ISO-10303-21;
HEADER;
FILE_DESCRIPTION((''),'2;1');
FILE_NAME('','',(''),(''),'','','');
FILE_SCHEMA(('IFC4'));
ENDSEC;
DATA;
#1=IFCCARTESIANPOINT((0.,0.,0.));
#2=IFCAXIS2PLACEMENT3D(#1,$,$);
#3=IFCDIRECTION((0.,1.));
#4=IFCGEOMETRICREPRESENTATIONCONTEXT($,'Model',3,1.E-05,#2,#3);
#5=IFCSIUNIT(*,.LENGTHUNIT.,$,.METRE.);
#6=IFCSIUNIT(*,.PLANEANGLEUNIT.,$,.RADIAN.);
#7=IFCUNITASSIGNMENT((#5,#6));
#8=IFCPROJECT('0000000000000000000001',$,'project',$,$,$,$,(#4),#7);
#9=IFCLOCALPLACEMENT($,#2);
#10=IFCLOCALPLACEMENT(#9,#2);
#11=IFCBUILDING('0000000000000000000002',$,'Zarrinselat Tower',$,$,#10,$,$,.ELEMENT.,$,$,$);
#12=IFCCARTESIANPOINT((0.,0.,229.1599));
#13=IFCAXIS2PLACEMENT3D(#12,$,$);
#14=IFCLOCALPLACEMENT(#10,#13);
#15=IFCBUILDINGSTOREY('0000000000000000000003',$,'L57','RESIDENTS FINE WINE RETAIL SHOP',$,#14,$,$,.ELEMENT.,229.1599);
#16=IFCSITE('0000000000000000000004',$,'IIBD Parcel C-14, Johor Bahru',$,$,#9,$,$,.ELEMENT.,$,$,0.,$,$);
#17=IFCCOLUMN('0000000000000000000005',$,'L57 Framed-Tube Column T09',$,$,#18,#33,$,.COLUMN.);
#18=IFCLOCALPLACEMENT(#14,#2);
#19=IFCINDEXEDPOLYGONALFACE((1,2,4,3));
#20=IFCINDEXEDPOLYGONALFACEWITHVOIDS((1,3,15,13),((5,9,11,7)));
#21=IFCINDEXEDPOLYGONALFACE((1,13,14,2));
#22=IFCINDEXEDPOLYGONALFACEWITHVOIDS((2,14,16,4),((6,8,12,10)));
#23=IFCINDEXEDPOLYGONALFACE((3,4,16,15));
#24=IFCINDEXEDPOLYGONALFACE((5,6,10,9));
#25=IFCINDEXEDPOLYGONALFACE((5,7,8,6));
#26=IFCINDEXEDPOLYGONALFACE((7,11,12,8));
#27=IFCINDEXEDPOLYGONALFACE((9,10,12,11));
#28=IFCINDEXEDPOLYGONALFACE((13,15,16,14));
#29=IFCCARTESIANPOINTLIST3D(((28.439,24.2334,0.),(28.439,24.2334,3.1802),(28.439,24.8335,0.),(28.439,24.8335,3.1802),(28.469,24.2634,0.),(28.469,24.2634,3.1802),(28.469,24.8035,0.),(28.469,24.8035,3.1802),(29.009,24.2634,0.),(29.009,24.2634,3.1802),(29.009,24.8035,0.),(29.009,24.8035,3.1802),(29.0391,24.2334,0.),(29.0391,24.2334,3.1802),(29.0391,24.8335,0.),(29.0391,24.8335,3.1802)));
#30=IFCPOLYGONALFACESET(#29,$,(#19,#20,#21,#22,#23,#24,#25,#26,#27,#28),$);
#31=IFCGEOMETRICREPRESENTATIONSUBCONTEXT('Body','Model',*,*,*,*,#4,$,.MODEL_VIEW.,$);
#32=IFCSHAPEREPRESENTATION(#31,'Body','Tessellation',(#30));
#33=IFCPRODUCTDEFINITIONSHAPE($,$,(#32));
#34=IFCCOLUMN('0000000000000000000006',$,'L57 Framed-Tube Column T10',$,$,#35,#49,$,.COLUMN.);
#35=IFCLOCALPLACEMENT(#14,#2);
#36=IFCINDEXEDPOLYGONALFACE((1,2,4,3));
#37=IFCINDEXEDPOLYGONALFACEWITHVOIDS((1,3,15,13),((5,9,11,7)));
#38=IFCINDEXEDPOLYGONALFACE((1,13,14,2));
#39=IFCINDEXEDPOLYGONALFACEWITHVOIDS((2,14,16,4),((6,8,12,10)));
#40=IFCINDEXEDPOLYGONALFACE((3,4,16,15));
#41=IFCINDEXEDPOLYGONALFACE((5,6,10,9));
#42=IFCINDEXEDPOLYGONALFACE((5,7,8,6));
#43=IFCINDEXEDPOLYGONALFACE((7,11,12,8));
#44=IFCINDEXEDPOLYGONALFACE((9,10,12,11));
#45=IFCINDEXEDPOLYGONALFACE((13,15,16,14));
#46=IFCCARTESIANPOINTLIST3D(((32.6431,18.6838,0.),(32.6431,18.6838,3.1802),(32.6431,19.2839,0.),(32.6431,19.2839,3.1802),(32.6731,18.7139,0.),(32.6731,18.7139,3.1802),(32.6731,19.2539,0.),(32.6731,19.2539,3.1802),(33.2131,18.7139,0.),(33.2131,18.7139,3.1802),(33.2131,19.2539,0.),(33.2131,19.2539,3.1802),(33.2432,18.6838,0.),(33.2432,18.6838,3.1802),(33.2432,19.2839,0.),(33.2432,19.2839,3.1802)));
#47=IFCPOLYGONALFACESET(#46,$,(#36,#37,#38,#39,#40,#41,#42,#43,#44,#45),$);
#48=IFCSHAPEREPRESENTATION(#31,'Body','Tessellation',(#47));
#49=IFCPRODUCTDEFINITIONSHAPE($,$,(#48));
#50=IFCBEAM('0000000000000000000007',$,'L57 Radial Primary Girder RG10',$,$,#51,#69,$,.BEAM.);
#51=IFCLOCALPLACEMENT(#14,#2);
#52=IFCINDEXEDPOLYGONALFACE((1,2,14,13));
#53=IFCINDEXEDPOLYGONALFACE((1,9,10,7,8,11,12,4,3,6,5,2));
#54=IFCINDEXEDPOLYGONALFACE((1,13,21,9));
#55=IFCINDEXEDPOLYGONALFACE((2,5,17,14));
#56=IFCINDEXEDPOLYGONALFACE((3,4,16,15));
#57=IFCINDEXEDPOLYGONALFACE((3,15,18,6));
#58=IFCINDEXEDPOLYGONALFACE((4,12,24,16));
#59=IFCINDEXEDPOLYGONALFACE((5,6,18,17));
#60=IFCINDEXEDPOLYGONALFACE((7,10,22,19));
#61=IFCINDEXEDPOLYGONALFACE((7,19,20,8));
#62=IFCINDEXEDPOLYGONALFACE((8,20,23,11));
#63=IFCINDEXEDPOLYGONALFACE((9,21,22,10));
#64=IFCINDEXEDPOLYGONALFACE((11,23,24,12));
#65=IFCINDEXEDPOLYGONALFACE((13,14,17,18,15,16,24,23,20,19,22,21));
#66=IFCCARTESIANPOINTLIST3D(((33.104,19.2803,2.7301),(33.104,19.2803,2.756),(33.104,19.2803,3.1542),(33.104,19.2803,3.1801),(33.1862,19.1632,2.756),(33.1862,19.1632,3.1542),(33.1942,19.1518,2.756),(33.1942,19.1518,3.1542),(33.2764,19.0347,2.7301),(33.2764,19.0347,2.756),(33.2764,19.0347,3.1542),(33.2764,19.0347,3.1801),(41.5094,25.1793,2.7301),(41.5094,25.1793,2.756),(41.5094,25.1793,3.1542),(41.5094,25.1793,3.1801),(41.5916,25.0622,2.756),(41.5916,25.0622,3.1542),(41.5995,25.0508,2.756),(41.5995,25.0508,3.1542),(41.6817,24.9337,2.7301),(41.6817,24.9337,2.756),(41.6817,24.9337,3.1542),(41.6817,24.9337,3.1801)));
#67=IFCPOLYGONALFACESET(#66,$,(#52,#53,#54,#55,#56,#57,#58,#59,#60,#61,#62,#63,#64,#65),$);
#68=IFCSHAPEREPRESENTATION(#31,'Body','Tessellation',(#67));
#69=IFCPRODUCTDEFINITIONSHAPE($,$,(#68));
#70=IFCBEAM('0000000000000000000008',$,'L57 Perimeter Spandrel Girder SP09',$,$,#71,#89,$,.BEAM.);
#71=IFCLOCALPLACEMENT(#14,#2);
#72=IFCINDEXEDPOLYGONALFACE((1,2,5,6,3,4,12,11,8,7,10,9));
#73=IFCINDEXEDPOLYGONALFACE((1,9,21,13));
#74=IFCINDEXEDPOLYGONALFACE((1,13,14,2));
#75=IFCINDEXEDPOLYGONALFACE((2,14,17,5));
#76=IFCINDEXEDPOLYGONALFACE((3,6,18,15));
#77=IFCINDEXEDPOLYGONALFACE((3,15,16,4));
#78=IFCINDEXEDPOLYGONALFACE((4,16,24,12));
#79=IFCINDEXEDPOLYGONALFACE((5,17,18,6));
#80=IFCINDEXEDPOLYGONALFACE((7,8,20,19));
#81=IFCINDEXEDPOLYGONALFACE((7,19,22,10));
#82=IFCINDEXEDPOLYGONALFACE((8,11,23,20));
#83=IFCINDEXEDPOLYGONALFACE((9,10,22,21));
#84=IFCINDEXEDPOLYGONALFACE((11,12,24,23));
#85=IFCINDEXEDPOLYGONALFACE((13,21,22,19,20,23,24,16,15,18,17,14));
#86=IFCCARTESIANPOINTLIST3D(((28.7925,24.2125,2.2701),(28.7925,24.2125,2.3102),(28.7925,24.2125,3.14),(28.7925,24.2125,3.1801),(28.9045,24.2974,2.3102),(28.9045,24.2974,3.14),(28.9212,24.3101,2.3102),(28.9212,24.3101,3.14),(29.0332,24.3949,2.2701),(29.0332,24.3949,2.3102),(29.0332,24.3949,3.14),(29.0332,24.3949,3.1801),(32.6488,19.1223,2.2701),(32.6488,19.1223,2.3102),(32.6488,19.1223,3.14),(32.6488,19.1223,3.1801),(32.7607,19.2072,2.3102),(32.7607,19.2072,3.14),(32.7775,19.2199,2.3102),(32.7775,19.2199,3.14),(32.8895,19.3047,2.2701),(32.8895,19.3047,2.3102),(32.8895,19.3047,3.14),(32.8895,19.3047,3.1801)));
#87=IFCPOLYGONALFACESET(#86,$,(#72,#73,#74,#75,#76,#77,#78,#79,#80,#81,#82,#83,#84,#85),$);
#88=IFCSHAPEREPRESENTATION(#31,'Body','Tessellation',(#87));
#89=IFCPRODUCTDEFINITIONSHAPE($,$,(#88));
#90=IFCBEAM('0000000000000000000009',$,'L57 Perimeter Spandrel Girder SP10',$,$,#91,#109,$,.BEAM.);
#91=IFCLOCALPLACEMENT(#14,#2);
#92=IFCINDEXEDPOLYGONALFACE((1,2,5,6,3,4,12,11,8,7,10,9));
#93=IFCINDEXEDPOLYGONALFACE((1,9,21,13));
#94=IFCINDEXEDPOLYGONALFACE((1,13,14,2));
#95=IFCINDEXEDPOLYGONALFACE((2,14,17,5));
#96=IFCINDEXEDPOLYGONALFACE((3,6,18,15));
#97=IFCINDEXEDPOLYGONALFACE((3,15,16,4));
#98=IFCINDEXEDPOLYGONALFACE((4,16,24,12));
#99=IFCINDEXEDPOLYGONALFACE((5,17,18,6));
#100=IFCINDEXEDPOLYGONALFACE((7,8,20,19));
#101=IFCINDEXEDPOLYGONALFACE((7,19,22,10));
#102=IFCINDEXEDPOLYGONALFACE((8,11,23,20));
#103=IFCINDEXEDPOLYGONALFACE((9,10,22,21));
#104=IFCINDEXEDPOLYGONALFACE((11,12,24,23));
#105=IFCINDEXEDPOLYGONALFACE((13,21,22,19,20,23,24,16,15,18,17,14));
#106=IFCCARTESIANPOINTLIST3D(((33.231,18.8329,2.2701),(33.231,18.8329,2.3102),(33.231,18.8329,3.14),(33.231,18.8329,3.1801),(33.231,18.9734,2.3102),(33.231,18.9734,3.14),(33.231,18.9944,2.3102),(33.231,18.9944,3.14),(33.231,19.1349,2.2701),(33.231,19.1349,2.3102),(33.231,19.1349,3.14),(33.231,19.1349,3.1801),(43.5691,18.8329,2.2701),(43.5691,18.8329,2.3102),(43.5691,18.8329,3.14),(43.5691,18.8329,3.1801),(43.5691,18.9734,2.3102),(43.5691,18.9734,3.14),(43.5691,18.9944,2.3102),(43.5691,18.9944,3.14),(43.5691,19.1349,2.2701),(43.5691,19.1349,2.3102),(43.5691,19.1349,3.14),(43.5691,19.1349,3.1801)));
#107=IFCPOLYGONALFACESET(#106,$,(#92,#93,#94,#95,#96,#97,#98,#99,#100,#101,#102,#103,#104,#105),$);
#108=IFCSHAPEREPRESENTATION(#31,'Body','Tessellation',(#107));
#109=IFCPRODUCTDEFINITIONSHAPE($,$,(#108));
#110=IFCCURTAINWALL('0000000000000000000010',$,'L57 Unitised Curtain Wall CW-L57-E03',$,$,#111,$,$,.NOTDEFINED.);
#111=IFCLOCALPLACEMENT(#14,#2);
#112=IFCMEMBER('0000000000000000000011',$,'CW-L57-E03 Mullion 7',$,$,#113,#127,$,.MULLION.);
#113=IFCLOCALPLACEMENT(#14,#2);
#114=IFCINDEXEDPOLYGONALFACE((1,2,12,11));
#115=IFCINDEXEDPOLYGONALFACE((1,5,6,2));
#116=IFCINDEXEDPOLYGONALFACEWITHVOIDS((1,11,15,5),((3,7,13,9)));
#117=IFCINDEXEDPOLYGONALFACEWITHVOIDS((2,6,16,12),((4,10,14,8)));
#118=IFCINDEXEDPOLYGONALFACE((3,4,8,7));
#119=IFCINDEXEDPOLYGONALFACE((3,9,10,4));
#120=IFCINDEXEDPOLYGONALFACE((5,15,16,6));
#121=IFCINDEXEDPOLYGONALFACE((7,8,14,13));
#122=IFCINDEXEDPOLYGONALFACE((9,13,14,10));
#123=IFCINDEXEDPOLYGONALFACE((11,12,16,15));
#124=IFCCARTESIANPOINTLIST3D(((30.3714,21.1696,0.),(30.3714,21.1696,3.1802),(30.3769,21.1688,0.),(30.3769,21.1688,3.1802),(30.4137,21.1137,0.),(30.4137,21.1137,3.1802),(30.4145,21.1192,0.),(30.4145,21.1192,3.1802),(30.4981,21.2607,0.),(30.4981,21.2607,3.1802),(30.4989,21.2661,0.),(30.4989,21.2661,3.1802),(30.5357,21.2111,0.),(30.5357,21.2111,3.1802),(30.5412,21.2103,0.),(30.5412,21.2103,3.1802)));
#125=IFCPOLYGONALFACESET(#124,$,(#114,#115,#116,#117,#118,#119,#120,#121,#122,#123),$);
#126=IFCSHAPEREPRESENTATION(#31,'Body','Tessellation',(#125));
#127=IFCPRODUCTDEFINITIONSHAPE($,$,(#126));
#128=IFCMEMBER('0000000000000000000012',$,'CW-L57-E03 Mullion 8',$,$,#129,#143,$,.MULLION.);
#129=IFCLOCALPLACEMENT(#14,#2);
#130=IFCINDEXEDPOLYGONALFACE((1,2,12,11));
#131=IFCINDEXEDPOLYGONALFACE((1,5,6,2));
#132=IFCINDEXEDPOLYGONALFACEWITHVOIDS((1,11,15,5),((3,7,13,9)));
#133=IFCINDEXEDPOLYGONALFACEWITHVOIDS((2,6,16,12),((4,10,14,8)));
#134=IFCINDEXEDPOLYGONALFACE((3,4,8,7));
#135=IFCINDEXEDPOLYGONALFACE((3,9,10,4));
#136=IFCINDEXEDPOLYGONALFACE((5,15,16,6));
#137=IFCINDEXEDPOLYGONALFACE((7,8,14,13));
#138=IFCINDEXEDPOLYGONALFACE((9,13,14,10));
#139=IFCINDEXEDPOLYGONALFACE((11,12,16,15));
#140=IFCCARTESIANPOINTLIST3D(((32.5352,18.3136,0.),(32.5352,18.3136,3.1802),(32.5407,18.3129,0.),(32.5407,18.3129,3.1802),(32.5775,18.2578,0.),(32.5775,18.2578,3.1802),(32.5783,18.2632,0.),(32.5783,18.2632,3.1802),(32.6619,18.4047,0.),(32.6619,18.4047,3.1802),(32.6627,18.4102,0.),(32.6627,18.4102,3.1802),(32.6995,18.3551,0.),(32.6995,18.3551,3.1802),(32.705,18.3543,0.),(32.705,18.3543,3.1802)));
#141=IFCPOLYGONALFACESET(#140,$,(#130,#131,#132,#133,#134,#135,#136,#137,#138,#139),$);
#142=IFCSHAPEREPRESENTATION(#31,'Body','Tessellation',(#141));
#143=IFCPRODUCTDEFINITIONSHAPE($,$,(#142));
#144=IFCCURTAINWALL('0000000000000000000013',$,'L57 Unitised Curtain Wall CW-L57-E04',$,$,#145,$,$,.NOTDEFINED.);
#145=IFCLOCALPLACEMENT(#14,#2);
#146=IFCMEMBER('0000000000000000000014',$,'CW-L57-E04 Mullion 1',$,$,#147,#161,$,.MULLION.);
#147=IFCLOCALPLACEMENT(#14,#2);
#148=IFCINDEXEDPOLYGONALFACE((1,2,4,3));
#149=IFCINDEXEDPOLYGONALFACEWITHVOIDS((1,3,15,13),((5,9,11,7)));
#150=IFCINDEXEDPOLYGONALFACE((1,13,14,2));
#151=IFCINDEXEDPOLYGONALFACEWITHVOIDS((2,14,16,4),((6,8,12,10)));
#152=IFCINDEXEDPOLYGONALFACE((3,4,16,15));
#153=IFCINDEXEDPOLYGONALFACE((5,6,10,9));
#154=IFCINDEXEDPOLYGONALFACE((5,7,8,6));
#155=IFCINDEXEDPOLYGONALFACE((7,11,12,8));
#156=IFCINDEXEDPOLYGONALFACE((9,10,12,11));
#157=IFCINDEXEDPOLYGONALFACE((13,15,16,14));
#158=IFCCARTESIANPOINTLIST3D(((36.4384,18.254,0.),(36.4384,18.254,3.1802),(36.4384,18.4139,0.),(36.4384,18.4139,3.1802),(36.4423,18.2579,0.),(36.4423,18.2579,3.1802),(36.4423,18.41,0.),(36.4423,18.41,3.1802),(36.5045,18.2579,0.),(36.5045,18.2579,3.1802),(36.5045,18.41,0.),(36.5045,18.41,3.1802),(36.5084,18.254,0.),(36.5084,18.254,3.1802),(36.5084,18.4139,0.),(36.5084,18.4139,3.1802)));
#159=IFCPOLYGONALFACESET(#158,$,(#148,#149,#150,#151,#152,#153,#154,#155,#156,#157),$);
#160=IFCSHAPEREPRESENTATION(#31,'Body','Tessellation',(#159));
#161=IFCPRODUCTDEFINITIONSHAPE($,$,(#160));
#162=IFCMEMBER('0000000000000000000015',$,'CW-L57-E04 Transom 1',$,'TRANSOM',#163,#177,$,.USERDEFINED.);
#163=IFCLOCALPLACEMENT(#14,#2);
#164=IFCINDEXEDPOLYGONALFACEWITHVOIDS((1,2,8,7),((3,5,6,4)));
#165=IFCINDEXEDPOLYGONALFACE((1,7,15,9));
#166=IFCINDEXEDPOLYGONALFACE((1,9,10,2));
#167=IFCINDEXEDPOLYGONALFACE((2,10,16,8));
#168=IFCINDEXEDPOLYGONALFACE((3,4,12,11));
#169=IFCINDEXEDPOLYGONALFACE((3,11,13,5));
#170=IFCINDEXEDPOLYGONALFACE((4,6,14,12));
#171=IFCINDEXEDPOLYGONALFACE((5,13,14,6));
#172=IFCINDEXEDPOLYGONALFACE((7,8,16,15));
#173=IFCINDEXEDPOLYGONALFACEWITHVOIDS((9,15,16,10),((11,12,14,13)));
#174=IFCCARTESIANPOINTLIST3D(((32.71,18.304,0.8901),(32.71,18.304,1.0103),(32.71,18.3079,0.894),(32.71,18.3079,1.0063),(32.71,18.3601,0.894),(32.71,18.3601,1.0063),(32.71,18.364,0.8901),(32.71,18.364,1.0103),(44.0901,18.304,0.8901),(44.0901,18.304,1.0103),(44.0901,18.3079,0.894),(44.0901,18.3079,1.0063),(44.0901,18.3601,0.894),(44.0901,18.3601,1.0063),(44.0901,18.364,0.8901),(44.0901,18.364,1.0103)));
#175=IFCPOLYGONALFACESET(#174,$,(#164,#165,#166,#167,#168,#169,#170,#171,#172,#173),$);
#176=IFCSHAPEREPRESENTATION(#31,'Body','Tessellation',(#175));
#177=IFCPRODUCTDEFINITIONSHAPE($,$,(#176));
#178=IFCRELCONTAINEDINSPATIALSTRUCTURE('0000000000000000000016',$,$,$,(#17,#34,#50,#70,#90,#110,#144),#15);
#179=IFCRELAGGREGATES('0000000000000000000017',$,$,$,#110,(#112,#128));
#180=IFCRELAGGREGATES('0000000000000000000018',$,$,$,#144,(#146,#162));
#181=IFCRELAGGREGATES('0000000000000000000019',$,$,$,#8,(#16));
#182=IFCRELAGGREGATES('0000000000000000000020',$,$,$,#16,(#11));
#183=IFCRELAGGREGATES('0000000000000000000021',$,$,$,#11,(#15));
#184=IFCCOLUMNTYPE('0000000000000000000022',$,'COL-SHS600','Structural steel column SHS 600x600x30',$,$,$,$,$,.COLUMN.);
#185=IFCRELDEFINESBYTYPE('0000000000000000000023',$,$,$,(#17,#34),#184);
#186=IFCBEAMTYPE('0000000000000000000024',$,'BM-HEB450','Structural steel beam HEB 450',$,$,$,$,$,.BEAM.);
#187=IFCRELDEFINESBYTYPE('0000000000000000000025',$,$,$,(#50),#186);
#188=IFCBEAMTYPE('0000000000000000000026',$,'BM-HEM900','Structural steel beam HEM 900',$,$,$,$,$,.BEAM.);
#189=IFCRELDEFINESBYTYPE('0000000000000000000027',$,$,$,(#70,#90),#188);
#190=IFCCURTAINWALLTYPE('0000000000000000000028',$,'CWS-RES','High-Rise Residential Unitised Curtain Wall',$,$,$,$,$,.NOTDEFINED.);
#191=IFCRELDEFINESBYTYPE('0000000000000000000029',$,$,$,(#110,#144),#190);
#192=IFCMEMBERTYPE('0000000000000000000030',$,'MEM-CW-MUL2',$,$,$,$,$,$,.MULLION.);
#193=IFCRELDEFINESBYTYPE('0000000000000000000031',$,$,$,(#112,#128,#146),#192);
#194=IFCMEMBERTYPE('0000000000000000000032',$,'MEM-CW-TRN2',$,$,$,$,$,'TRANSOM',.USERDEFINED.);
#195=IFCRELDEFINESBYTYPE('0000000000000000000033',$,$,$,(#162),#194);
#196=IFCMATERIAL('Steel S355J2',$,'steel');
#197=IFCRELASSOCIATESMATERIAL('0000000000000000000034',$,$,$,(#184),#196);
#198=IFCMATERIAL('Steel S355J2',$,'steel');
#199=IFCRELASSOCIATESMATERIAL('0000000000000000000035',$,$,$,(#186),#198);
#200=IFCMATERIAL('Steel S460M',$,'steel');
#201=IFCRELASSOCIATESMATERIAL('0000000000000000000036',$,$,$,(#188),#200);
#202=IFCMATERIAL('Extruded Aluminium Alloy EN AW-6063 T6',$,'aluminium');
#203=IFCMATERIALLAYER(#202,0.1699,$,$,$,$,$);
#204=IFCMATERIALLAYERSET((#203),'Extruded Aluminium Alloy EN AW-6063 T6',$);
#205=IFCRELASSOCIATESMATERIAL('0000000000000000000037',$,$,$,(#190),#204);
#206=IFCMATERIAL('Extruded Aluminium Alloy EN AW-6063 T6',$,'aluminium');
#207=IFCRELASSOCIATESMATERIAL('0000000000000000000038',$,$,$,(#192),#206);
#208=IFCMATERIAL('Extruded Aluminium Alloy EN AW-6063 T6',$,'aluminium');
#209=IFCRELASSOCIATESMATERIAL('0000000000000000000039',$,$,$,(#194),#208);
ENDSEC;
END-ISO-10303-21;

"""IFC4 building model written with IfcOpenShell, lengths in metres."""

from ifc_helpers import new_model, si_unit, direction, frame, origin, origin_2d, place, context, subcontext, project, spatial, hollow_rectangle, i_section, extrude, material, layer, layer_set, material_profile, profile_set, type_object, element, aggregate, save


model = new_model("IFC4")

# Units and contexts
model_context = context("Model", 3, precision=1e-05, world=origin(), true_north=direction((0.0, 1.0)))
body_context = subcontext(model_context, "Body", "Model", "MODEL_VIEW")
ifc_project = project(units=[si_unit("LENGTHUNIT", "METRE"), si_unit("PLANEANGLEUNIT", "RADIAN")], contexts=[model_context])

# Site, building, storey
site_placement = place(None, origin())
site = spatial("IfcSite", under=ifc_project, at=site_placement, Name="IIBD Parcel C-14, Johor Bahru", CompositionType="ELEMENT", RefElevation=0.0)
building_placement = place(site_placement, origin())
building = spatial("IfcBuilding", under=site, at=building_placement, Name="Zarrinselat Tower", CompositionType="ELEMENT")
storey_placement = place(building_placement, frame((0.0, 0.0, 229.1599)))
storey = spatial("IfcBuildingStorey", under=building, at=storey_placement, Name="L57", Description="RESIDENTS FINE WINE RETAIL SHOP", CompositionType="ELEMENT", Elevation=229.1599)

# Columns
ifc_material_1 = material(Name="Steel S355J2", Category="steel")
ifc_material_profile_1 = material_profile(ifc_material_1, hollow_rectangle(XDim=0.6001, YDim=0.6001, WallThickness=0.03, at=origin_2d()), Name="SHS 600x600x30")
ifc_profile_set_1 = profile_set([ifc_material_profile_1], Name="Steel S355J2")
column_type = type_object("IfcColumnType", Name="COL-SHS600", Description="Structural steel column SHS 600x600x30", PredefinedType="COLUMN", material=ifc_profile_set_1)
for number, where, z_axis, x_axis, name in (
    (1, (28.739, 24.5334, 0.0), (0.0, 0.0, 1.0), (1.0, 0.0, 0.0), "L57 Framed-Tube Column T09"),
    (2, (32.9431, 18.9839, 0.0), (0.0, 0.0, 1.0), (1.0, 0.0, 0.0), "L57 Framed-Tube Column T10"),
):
    element("IfcColumn", number, at=place(storey_placement, frame(where, z_axis=z_axis, x_axis=x_axis)), inside=storey, type_object=column_type, Name=name, PredefinedType="COLUMN", context=body_context, shape_type="SweptSolid", body=[
        extrude(hollow_rectangle(XDim=0.6001, YDim=0.6001, WallThickness=0.03, at=origin_2d()), origin(), (0.0, 0.0, 1.0), 3.1802),
    ])

# Beams
ifc_material_2 = material(Name="Steel S355J2", Category="steel")
ifc_material_profile_2 = material_profile(ifc_material_2, i_section(OverallWidth=0.3, OverallDepth=0.45, WebThickness=0.0139, FlangeThickness=0.0259, at=origin_2d()), Name="HEB 450")
ifc_profile_set_2 = profile_set([ifc_material_profile_2], Name="Steel S355J2")
beam_type_1 = type_object("IfcBeamType", Name="BM-HEB450", Description="Structural steel beam HEB 450", PredefinedType="BEAM", material=ifc_profile_set_2)
beam_1_placement = place(storey_placement, frame((33.1902, 19.1575, 2.9551), z_axis=(0.818534, 0.574458, 0.0), x_axis=(-0.574458, 0.818534, 0.0)))
element("IfcBeam", 3, at=beam_1_placement, inside=storey, type_object=beam_type_1, Name="L57 Radial Primary Girder RG10", PredefinedType="BEAM", context=body_context, shape_type="SweptSolid", body=[
    extrude(i_section(OverallWidth=0.3, OverallDepth=0.45, WebThickness=0.0139, FlangeThickness=0.0259, at=origin_2d()), origin(), (0.0, 0.0, 1.0), 10.2688),
])
ifc_material_3 = material(Name="Steel S460M", Category="steel")
ifc_material_profile_3 = material_profile(ifc_material_3, i_section(OverallWidth=0.302, OverallDepth=0.9099, WebThickness=0.021, FlangeThickness=0.04, at=origin_2d()), Name="HEM 900")
ifc_profile_set_3 = profile_set([ifc_material_profile_3], Name="Steel S460M")
beam_type_2 = type_object("IfcBeamType", Name="BM-HEM900", Description="Structural steel beam HEM 900", PredefinedType="BEAM", material=ifc_profile_set_3)
beam_2_placement = place(storey_placement, frame((28.9128, 24.3037, 2.7251), z_axis=(0.603865, -0.797087, 0.0), x_axis=(0.797087, 0.603865, 0.0)))
element("IfcBeam", 4, at=beam_2_placement, inside=storey, type_object=beam_type_2, Name="L57 Perimeter Spandrel Girder SP09", PredefinedType="BEAM", context=body_context, shape_type="SweptSolid", body=[
    extrude(i_section(OverallWidth=0.302, OverallDepth=0.9099, WebThickness=0.021, FlangeThickness=0.04, at=origin_2d()), origin(), (0.0, 0.0, 1.0), 6.386),
])
beam_3_placement = place(storey_placement, frame((33.231, 18.9839, 2.7251), z_axis=(1.0, 0.0, 0.0), x_axis=(0.0, 1.0, 0.0)))
element("IfcBeam", 5, at=beam_3_placement, inside=storey, type_object=beam_type_2, Name="L57 Perimeter Spandrel Girder SP10", PredefinedType="BEAM", context=body_context, shape_type="SweptSolid", body=[
    extrude(i_section(OverallWidth=0.302, OverallDepth=0.9099, WebThickness=0.021, FlangeThickness=0.04, at=origin_2d()), origin(), (0.0, 0.0, 1.0), 10.3381),
])

# Curtain walls, members
ifc_material_4 = material(Name="Extruded Aluminium Alloy EN AW-6063 T6", Category="aluminium")
ifc_layer_1 = layer(ifc_material_4, 0.1699)
ifc_layer_set_1 = layer_set([ifc_layer_1], Name="Extruded Aluminium Alloy EN AW-6063 T6")
curtain_wall_type = type_object("IfcCurtainWallType", Name="CWS-RES", Description="High-Rise Residential Unitised Curtain Wall", PredefinedType="NOTDEFINED", material=ifc_layer_set_1)
curtain_wall_1_placement = place(storey_placement, origin())
curtain_wall_1 = element("IfcCurtainWall", 6, at=curtain_wall_1_placement, inside=storey, type_object=curtain_wall_type, Name="L57 Unitised Curtain Wall CW-L57-E03", PredefinedType="NOTDEFINED")
ifc_material_5 = material(Name="Extruded Aluminium Alloy EN AW-6063 T6", Category="aluminium")
ifc_material_profile_4 = material_profile(ifc_material_5, hollow_rectangle(XDim=0.0701, YDim=0.1599, WallThickness=0.0039, at=origin_2d()), Name="RHS 160x70x4")
ifc_profile_set_4 = profile_set([ifc_material_profile_4], Name="Extruded Aluminium Alloy EN AW-6063 T6")
member_type_1 = type_object("IfcMemberType", Name="MEM-CW-MUL2", PredefinedType="MULLION", material=ifc_profile_set_4)
member_1_placement = place(storey_placement, frame((30.4563, 21.1899, 0.0), z_axis=(0.0, 0.0, 1.0), x_axis=(0.603857, -0.797092, 0.0)))
member_1 = element("IfcMember", 7, at=member_1_placement, type_object=member_type_1, Name="CW-L57-E03 Mullion 7", PredefinedType="MULLION", context=body_context, shape_type="SweptSolid", body=[
    extrude(hollow_rectangle(XDim=0.0701, YDim=0.1599, WallThickness=0.0039, at=origin_2d()), origin(), (0.0, 0.0, 1.0), 3.1802),
])
member_2_placement = place(storey_placement, frame((32.6201, 18.334, 0.0), z_axis=(0.0, 0.0, 1.0), x_axis=(0.603857, -0.797092, 0.0)))
member_2 = element("IfcMember", 8, at=member_2_placement, type_object=member_type_1, Name="CW-L57-E03 Mullion 8", PredefinedType="MULLION", context=body_context, shape_type="SweptSolid", body=[
    extrude(hollow_rectangle(XDim=0.0701, YDim=0.1599, WallThickness=0.0039, at=origin_2d()), origin(), (0.0, 0.0, 1.0), 3.1802),
])
curtain_wall_2_placement = place(storey_placement, origin())
curtain_wall_2 = element("IfcCurtainWall", 9, at=curtain_wall_2_placement, inside=storey, type_object=curtain_wall_type, Name="L57 Unitised Curtain Wall CW-L57-E04", PredefinedType="NOTDEFINED")
member_3_placement = place(storey_placement, frame((36.4734, 18.334, 0.0), z_axis=(0.0, 0.0, 1.0), x_axis=(1.0, 0.0, 0.0)))
member_3 = element("IfcMember", 10, at=member_3_placement, type_object=member_type_1, Name="CW-L57-E04 Mullion 1", PredefinedType="MULLION", context=body_context, shape_type="SweptSolid", body=[
    extrude(hollow_rectangle(XDim=0.0701, YDim=0.1599, WallThickness=0.0039, at=origin_2d()), origin(), (0.0, 0.0, 1.0), 3.1802),
])
ifc_material_6 = material(Name="Extruded Aluminium Alloy EN AW-6063 T6", Category="aluminium")
ifc_material_profile_5 = material_profile(ifc_material_6, hollow_rectangle(XDim=0.0601, YDim=0.1201, WallThickness=0.0039, at=origin_2d()), Name="RHS 120x60x4")
ifc_profile_set_5 = profile_set([ifc_material_profile_5], Name="Extruded Aluminium Alloy EN AW-6063 T6")
member_type_2 = type_object("IfcMemberType", Name="MEM-CW-TRN2", ElementType="TRANSOM", PredefinedType="USERDEFINED", material=ifc_profile_set_5)
member_4_placement = place(storey_placement, frame((32.71, 18.334, 0.9502), z_axis=(1.0, 0.0, 0.0), x_axis=(0.0, 1.0, 0.0)))
member_4 = element("IfcMember", 11, at=member_4_placement, type_object=member_type_2, Name="CW-L57-E04 Transom 1", ObjectType="TRANSOM", PredefinedType="USERDEFINED", context=body_context, shape_type="SweptSolid", body=[
    extrude(hollow_rectangle(XDim=0.0601, YDim=0.1201, WallThickness=0.0039, at=origin_2d()), origin(), (0.0, 0.0, 1.0), 11.3801),
])

aggregate(curtain_wall_1, [member_1, member_2])
aggregate(curtain_wall_2, [member_3, member_4])

save(model, "model.ifc")
